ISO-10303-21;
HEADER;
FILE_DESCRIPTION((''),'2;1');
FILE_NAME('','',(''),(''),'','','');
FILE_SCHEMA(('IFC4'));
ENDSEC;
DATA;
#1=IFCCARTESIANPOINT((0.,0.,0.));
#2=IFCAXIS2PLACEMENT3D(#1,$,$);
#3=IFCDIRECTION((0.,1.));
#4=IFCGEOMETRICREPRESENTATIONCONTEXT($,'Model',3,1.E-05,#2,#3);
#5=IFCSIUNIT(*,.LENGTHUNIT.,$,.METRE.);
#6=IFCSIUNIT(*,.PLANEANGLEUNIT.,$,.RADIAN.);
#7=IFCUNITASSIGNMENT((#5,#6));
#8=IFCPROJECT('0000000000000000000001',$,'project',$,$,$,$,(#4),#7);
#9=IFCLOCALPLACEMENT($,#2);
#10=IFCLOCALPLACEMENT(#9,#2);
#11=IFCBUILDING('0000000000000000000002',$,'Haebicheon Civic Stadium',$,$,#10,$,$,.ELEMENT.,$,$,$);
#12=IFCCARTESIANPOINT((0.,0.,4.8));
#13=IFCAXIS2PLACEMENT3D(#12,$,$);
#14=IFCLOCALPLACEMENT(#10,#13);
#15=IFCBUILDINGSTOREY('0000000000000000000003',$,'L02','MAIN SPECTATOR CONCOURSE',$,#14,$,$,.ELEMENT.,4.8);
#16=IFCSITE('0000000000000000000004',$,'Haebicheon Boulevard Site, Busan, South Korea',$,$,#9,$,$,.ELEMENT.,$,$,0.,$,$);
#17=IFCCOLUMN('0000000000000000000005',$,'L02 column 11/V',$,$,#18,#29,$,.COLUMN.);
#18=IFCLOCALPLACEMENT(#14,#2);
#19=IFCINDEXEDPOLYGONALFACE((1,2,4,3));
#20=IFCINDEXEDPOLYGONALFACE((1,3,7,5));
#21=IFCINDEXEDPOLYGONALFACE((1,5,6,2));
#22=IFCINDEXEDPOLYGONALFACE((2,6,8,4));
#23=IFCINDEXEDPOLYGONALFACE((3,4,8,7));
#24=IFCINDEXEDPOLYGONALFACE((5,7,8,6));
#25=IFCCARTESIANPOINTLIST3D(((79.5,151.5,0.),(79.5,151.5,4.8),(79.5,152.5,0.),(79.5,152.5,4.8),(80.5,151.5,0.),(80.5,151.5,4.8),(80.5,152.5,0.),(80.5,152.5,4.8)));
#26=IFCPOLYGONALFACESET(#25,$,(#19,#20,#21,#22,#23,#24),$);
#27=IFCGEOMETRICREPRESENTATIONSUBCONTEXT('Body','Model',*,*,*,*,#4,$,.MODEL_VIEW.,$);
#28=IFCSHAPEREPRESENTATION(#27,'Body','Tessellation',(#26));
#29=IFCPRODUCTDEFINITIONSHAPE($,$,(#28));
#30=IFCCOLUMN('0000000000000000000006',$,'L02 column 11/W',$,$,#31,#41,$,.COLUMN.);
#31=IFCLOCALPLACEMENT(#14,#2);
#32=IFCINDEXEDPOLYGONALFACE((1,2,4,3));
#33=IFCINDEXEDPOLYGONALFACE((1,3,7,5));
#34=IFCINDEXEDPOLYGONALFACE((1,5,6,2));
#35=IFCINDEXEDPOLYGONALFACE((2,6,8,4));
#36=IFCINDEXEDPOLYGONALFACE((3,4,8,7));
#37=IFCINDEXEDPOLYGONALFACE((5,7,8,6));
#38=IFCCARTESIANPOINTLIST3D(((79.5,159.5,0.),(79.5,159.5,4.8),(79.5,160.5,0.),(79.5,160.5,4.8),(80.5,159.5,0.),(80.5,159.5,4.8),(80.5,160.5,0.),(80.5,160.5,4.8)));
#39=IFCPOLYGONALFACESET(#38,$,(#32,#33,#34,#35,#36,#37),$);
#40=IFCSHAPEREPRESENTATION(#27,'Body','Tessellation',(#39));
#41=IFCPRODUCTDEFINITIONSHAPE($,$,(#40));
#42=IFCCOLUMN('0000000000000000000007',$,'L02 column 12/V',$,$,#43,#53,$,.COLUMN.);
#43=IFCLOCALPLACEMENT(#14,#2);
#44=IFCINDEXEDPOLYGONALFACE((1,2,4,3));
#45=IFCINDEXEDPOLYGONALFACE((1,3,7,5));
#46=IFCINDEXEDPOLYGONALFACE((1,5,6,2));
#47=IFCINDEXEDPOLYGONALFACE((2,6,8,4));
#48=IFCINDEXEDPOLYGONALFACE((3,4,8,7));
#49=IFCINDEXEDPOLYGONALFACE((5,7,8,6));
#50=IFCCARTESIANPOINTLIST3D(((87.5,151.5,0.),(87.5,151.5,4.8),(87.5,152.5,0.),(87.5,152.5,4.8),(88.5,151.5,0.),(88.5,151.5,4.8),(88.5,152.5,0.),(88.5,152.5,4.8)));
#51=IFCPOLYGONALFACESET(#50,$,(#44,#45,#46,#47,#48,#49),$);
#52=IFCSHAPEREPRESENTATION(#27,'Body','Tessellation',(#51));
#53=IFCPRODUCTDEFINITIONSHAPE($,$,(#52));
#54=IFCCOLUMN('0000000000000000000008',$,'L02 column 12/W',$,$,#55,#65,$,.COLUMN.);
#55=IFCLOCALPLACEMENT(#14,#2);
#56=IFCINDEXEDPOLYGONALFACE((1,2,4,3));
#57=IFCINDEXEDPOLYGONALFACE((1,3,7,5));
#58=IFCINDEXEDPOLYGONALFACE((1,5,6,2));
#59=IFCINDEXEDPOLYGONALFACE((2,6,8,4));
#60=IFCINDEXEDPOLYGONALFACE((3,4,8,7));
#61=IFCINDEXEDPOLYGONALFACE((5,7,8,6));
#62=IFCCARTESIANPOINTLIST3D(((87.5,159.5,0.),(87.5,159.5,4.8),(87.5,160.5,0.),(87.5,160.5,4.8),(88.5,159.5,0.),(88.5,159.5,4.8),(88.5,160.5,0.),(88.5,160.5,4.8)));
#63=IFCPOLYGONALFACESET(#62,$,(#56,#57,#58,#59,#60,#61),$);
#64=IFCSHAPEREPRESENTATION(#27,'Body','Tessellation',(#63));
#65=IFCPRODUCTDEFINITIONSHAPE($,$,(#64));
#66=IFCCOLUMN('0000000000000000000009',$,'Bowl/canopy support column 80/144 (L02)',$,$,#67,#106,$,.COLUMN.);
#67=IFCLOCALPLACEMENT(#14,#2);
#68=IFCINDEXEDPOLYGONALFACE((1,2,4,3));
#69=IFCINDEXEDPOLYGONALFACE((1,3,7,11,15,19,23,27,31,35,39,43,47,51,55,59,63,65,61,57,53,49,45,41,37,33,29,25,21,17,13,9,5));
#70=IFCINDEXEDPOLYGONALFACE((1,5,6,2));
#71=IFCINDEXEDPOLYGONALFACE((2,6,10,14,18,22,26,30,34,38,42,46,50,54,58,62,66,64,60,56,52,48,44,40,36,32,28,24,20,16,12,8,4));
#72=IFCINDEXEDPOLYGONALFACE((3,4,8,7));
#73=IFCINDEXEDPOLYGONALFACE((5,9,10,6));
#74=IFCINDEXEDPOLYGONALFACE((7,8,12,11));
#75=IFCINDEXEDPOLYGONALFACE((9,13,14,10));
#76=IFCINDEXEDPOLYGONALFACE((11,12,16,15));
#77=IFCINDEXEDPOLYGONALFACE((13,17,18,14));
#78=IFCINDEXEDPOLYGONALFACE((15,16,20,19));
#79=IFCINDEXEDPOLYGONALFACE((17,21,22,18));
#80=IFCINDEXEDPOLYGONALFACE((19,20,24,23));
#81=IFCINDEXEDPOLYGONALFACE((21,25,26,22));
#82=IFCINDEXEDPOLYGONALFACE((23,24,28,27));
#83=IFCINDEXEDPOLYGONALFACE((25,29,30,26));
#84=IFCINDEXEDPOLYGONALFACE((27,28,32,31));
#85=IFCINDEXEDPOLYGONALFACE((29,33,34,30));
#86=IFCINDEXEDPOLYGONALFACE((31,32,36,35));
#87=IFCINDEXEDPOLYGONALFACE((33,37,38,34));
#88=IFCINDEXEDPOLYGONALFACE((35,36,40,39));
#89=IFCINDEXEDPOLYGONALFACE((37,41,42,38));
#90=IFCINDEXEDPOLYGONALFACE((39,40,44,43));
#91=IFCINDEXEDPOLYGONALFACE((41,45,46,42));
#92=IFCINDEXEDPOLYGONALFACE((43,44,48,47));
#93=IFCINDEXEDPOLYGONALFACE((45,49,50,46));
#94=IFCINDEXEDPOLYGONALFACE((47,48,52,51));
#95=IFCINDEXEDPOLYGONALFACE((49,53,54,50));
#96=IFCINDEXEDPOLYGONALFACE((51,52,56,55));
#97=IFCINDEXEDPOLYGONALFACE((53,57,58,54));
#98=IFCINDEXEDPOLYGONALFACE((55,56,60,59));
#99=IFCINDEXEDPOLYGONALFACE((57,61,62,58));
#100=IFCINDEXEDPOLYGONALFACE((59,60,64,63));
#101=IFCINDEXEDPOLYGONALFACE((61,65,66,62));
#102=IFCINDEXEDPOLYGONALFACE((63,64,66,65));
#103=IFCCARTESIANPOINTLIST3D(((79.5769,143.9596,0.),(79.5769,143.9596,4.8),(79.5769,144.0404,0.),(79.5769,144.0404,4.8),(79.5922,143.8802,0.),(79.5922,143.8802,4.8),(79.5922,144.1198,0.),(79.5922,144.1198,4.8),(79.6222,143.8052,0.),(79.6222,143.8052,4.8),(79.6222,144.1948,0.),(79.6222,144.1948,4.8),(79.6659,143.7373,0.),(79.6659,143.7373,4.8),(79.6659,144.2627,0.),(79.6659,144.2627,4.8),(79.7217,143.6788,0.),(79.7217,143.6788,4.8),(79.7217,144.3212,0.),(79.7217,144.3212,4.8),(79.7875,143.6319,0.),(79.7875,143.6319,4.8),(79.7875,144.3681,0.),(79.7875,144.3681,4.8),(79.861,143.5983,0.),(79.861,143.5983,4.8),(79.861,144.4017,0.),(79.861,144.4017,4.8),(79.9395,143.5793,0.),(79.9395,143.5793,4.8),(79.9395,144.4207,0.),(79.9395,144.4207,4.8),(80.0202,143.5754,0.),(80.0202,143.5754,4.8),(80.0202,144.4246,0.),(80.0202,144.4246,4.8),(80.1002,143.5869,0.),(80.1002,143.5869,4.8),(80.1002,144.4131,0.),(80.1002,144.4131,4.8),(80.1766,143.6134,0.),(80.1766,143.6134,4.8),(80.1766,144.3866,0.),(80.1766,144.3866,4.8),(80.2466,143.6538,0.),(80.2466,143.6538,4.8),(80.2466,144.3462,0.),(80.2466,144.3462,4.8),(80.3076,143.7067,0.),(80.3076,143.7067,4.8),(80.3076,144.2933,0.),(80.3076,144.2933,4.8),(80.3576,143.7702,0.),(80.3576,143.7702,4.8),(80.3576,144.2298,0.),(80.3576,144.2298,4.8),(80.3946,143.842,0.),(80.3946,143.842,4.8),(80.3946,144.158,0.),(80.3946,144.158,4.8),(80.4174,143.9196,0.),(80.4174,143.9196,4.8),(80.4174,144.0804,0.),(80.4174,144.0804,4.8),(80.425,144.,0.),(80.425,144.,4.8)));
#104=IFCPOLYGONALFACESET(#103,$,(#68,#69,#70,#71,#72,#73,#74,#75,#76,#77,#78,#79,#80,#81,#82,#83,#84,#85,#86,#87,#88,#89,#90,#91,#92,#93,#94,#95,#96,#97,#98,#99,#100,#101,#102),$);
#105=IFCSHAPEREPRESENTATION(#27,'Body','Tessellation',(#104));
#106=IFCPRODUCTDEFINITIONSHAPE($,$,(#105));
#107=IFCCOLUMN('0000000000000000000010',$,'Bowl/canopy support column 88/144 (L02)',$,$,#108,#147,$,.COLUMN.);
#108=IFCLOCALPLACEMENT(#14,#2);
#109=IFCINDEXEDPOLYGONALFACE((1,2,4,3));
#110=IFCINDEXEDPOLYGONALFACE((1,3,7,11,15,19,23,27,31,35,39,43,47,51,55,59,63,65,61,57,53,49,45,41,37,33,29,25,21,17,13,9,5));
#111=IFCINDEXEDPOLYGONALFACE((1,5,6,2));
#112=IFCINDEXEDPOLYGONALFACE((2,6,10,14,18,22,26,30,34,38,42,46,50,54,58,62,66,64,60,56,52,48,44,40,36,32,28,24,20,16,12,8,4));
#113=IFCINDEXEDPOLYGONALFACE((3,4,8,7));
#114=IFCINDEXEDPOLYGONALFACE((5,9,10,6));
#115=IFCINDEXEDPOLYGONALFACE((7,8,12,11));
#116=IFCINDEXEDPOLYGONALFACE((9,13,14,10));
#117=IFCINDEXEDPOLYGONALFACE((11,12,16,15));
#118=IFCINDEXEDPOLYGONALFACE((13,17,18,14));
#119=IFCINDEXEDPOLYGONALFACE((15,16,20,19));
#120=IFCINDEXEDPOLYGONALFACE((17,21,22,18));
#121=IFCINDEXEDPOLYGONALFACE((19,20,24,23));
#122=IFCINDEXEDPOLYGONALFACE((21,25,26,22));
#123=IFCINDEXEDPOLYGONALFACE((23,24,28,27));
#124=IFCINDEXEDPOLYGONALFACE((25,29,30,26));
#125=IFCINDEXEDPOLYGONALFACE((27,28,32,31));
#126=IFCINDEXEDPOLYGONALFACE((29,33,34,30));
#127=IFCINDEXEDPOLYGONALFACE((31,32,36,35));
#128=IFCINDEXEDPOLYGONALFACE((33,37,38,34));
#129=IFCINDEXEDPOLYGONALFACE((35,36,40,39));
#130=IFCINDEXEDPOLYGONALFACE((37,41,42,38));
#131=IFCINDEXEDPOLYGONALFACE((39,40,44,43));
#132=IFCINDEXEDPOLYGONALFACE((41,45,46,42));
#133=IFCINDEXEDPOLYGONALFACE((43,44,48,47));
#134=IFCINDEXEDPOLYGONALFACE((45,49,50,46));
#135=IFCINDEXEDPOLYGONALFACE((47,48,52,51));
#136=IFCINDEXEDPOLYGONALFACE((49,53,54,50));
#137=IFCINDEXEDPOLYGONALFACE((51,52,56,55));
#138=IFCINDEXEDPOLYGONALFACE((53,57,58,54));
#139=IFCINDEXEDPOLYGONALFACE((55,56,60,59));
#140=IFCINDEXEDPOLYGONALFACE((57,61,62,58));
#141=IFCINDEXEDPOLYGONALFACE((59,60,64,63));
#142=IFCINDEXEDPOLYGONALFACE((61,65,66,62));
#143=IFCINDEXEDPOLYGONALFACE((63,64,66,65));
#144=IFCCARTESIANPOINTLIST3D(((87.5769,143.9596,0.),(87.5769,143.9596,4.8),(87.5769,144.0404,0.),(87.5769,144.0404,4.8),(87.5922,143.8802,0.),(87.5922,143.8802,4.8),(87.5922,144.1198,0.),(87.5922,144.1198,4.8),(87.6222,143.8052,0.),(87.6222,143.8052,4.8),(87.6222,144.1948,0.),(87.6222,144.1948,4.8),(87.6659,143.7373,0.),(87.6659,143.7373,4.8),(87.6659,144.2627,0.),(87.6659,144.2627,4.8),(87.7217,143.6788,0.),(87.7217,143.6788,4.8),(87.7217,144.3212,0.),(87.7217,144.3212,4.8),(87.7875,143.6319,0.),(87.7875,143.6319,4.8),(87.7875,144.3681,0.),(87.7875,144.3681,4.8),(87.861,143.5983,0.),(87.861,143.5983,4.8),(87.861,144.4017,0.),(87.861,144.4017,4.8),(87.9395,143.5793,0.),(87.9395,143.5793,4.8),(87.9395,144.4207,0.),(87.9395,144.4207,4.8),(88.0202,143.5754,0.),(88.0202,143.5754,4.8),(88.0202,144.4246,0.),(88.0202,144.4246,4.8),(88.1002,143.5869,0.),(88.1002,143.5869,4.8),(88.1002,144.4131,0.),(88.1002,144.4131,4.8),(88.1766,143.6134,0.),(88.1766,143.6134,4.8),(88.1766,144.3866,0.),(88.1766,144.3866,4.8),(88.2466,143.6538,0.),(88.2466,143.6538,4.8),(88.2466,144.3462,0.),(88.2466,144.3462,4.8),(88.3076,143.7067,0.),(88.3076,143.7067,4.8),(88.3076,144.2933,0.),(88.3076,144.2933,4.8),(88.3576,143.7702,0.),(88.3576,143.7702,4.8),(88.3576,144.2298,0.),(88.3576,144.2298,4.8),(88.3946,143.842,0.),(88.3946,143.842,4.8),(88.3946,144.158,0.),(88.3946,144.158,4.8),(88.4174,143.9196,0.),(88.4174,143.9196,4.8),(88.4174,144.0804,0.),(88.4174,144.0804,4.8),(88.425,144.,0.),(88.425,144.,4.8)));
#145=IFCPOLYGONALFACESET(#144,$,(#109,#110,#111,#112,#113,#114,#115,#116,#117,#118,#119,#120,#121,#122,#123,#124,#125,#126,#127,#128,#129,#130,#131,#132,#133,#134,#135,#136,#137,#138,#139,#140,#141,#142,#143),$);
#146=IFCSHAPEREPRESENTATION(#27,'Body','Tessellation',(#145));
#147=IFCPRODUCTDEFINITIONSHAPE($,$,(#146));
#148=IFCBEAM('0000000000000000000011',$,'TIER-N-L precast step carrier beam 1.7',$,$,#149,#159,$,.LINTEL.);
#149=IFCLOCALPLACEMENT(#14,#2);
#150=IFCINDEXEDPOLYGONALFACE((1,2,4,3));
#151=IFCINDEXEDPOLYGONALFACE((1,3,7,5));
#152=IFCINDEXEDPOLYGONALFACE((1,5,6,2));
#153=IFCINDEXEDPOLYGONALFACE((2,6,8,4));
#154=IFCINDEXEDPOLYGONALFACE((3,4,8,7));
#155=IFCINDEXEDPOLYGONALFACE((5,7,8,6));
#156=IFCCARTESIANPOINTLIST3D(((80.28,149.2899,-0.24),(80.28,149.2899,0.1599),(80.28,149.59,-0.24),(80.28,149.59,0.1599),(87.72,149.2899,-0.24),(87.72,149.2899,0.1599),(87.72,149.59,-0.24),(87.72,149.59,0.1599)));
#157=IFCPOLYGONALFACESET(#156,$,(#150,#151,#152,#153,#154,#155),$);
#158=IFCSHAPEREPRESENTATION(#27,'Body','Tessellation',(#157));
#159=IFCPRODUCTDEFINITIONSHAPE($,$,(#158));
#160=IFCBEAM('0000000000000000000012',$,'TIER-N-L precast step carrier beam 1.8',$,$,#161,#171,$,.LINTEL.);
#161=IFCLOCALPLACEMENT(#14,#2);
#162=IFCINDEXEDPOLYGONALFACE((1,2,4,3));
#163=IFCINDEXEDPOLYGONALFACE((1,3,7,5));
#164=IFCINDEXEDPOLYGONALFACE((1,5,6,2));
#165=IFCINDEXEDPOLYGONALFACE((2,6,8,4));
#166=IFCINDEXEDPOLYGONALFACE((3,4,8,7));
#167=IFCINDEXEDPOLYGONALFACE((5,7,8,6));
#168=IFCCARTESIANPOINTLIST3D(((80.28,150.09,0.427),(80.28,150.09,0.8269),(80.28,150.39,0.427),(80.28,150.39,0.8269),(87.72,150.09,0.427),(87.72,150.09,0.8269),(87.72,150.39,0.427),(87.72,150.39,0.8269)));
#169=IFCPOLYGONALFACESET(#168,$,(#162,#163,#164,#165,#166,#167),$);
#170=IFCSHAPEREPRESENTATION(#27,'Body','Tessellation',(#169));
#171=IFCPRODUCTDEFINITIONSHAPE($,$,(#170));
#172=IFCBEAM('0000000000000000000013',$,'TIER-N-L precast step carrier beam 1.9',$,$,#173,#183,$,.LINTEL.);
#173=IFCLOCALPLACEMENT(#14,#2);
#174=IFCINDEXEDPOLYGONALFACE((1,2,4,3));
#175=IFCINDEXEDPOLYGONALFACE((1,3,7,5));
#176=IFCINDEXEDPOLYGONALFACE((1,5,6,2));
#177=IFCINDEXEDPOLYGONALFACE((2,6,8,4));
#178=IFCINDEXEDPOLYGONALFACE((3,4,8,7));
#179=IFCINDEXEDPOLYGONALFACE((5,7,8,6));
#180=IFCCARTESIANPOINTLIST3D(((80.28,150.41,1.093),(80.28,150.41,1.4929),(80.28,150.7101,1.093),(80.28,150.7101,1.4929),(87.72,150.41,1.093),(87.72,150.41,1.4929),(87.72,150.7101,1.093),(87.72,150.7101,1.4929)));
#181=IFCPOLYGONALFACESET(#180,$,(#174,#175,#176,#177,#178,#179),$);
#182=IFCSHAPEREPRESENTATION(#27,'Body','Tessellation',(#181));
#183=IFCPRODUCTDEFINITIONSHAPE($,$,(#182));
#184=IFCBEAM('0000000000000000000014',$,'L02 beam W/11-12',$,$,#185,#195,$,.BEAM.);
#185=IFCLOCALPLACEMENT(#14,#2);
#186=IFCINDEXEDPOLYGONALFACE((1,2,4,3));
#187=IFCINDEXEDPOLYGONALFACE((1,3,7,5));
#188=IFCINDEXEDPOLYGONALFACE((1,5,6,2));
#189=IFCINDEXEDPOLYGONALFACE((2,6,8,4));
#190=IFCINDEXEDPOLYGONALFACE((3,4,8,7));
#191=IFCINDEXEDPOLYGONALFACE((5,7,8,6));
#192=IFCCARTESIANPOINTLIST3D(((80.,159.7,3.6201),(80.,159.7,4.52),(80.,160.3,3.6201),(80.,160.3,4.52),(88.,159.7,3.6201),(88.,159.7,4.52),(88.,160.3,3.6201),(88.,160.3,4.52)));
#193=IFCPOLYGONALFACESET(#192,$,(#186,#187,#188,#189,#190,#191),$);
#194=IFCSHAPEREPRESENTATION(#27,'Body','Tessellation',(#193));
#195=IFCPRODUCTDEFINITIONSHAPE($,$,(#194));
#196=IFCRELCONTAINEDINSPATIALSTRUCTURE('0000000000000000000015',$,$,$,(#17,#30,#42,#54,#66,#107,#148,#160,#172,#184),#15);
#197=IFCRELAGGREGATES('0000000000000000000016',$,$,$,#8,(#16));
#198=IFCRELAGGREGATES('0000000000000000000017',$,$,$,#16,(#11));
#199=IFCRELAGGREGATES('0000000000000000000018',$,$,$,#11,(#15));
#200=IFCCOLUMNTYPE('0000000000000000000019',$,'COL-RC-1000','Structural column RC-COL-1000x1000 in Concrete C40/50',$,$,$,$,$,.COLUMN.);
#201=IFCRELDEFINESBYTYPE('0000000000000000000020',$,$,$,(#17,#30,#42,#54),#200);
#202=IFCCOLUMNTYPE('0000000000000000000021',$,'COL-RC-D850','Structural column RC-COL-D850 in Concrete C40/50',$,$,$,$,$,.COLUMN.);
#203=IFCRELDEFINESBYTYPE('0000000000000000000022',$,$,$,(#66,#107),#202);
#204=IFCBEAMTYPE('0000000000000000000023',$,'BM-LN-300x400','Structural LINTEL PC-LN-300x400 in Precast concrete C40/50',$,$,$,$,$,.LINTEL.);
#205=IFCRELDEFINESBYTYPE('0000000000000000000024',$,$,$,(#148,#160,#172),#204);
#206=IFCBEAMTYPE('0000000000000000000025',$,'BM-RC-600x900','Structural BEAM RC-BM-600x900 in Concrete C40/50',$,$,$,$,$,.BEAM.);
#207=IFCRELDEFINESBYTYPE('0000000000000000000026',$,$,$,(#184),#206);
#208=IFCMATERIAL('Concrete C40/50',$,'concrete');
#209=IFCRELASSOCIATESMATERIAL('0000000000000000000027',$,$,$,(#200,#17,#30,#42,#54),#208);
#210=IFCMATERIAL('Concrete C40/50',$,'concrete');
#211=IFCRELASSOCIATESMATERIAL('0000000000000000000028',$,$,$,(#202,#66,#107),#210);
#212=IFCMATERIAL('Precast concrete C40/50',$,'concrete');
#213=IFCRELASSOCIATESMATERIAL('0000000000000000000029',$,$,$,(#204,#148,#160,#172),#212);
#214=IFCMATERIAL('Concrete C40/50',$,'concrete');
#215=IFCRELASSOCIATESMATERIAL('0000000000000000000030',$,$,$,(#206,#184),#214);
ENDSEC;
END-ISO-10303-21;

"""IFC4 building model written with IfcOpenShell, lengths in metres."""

from ifc_helpers import new_model, si_unit, direction, frame, origin, origin_2d, place, context, subcontext, project, spatial, rectangle, circle, extrude, material, material_profile, profile_set, type_object, element, save


model = new_model("IFC4")

# Units and contexts
model_context = context("Model", 3, precision=1e-05, world=origin(), true_north=direction((0.0, 1.0)))
body_context = subcontext(model_context, "Body", "Model", "MODEL_VIEW")
ifc_project = project(units=[si_unit("LENGTHUNIT", "METRE"), si_unit("PLANEANGLEUNIT", "RADIAN")], contexts=[model_context])

# Site, building, storey
site_placement = place(None, origin())
site = spatial("IfcSite", under=ifc_project, at=site_placement, Name="Haebicheon Boulevard Site, Busan, South Korea", CompositionType="ELEMENT", RefElevation=0.0)
building_placement = place(site_placement, origin())
building = spatial("IfcBuilding", under=site, at=building_placement, Name="Haebicheon Civic Stadium", CompositionType="ELEMENT")
storey_placement = place(building_placement, frame((0.0, 0.0, 4.8)))
storey = spatial("IfcBuildingStorey", under=building, at=storey_placement, Name="L02", Description="MAIN SPECTATOR CONCOURSE", CompositionType="ELEMENT", Elevation=4.8)

# Columns
ifc_material_1 = material(Name="Concrete C40/50", Category="concrete")
ifc_material_profile_1 = material_profile(ifc_material_1, rectangle(XDim=1.0, YDim=1.0, at=origin_2d()), Name="RC-COL-1000x1000")
ifc_profile_set_1 = profile_set([ifc_material_profile_1], Name="Concrete C40/50")
column_type_1 = type_object("IfcColumnType", Name="COL-RC-1000", Description="Structural column RC-COL-1000x1000 in Concrete C40/50", PredefinedType="COLUMN", material=ifc_profile_set_1)
for number, where, z_axis, x_axis, name in (
    (1, (80.0, 152.0, 0.0), (0.0, 0.0, 1.0), (1.0, 0.0, 0.0), "L02 column 11/V"),
    (2, (80.0, 160.0, 0.0), (0.0, 0.0, 1.0), (1.0, 0.0, 0.0), "L02 column 11/W"),
    (3, (88.0, 152.0, 0.0), (0.0, 0.0, 1.0), (1.0, 0.0, 0.0), "L02 column 12/V"),
    (4, (88.0, 160.0, 0.0), (0.0, 0.0, 1.0), (1.0, 0.0, 0.0), "L02 column 12/W"),
):
    element("IfcColumn", number, at=place(storey_placement, frame(where, z_axis=z_axis, x_axis=x_axis)), inside=storey, type_object=column_type_1, material=ifc_profile_set_1, Name=name, PredefinedType="COLUMN", context=body_context, shape_type="SweptSolid", body=[
        extrude(rectangle(XDim=1.0, YDim=1.0, at=origin_2d()), origin(), (0.0, 0.0, 1.0), 4.8),
    ])
ifc_material_2 = material(Name="Concrete C40/50", Category="concrete")
ifc_material_profile_2 = material_profile(ifc_material_2, circle(Radius=0.425, at=origin_2d()), Name="RC-COL-D850")
ifc_profile_set_2 = profile_set([ifc_material_profile_2], Name="Concrete C40/50")
column_type_2 = type_object("IfcColumnType", Name="COL-RC-D850", Description="Structural column RC-COL-D850 in Concrete C40/50", PredefinedType="COLUMN", material=ifc_profile_set_2)
for number, where, z_axis, x_axis, name in (
    (5, (80.0, 144.0, 0.0), (0.0, 0.0, 1.0), (1.0, 0.0, 0.0), "Bowl/canopy support column 80/144 (L02)"),
    (6, (88.0, 144.0, 0.0), (0.0, 0.0, 1.0), (1.0, 0.0, 0.0), "Bowl/canopy support column 88/144 (L02)"),
):
    element("IfcColumn", number, at=place(storey_placement, frame(where, z_axis=z_axis, x_axis=x_axis)), inside=storey, type_object=column_type_2, material=ifc_profile_set_2, Name=name, PredefinedType="COLUMN", context=body_context, shape_type="SweptSolid", body=[
        extrude(circle(Radius=0.425, at=origin_2d()), origin(), (0.0, 0.0, 1.0), 4.8),
    ])

# Beams
ifc_material_3 = material(Name="Precast concrete C40/50", Category="concrete")
ifc_material_profile_3 = material_profile(ifc_material_3, rectangle(XDim=0.3, YDim=0.3999, at=origin_2d()), Name="PC-LN-300x400")
ifc_profile_set_3 = profile_set([ifc_material_profile_3], Name="Precast concrete C40/50")
beam_type_1 = type_object("IfcBeamType", Name="BM-LN-300x400", Description="Structural LINTEL PC-LN-300x400 in Precast concrete C40/50", PredefinedType="LINTEL", material=ifc_profile_set_3)
for number, where, z_axis, x_axis, name in (
    (7, (80.28, 149.4399, -0.04), (1.0, 0.0, 0.0), (0.0, 1.0, 0.0), "TIER-N-L precast step carrier beam 1.7"),
    (8, (80.28, 150.24, 0.627), (1.0, 0.0, 0.0), (0.0, 1.0, 0.0), "TIER-N-L precast step carrier beam 1.8"),
    (9, (80.28, 150.5601, 1.293), (1.0, 0.0, 0.0), (0.0, 1.0, 0.0), "TIER-N-L precast step carrier beam 1.9"),
):
    element("IfcBeam", number, at=place(storey_placement, frame(where, z_axis=z_axis, x_axis=x_axis)), inside=storey, type_object=beam_type_1, material=ifc_profile_set_3, Name=name, PredefinedType="LINTEL", context=body_context, shape_type="SweptSolid", body=[
        extrude(rectangle(XDim=0.3, YDim=0.3999, at=origin_2d()), origin(), (0.0, 0.0, 1.0), 7.4399),
    ])
ifc_material_4 = material(Name="Concrete C40/50", Category="concrete")
ifc_material_profile_4 = material_profile(ifc_material_4, rectangle(XDim=0.6001, YDim=0.8999, at=origin_2d()), Name="RC-BM-600x900")
ifc_profile_set_4 = profile_set([ifc_material_profile_4], Name="Concrete C40/50")
beam_type_2 = type_object("IfcBeamType", Name="BM-RC-600x900", Description="Structural BEAM RC-BM-600x900 in Concrete C40/50", PredefinedType="BEAM", material=ifc_profile_set_4)
beam_1_placement = place(storey_placement, frame((80.0, 160.0, 4.0701), z_axis=(1.0, 0.0, 0.0), x_axis=(0.0, 1.0, 0.0)))
element("IfcBeam", 10, at=beam_1_placement, inside=storey, type_object=beam_type_2, material=ifc_profile_set_4, Name="L02 beam W/11-12", PredefinedType="BEAM", context=body_context, shape_type="SweptSolid", body=[
    extrude(rectangle(XDim=0.6001, YDim=0.8999, at=origin_2d()), origin(), (0.0, 0.0, 1.0), 8.0),
])

save(model, "model.ifc")
